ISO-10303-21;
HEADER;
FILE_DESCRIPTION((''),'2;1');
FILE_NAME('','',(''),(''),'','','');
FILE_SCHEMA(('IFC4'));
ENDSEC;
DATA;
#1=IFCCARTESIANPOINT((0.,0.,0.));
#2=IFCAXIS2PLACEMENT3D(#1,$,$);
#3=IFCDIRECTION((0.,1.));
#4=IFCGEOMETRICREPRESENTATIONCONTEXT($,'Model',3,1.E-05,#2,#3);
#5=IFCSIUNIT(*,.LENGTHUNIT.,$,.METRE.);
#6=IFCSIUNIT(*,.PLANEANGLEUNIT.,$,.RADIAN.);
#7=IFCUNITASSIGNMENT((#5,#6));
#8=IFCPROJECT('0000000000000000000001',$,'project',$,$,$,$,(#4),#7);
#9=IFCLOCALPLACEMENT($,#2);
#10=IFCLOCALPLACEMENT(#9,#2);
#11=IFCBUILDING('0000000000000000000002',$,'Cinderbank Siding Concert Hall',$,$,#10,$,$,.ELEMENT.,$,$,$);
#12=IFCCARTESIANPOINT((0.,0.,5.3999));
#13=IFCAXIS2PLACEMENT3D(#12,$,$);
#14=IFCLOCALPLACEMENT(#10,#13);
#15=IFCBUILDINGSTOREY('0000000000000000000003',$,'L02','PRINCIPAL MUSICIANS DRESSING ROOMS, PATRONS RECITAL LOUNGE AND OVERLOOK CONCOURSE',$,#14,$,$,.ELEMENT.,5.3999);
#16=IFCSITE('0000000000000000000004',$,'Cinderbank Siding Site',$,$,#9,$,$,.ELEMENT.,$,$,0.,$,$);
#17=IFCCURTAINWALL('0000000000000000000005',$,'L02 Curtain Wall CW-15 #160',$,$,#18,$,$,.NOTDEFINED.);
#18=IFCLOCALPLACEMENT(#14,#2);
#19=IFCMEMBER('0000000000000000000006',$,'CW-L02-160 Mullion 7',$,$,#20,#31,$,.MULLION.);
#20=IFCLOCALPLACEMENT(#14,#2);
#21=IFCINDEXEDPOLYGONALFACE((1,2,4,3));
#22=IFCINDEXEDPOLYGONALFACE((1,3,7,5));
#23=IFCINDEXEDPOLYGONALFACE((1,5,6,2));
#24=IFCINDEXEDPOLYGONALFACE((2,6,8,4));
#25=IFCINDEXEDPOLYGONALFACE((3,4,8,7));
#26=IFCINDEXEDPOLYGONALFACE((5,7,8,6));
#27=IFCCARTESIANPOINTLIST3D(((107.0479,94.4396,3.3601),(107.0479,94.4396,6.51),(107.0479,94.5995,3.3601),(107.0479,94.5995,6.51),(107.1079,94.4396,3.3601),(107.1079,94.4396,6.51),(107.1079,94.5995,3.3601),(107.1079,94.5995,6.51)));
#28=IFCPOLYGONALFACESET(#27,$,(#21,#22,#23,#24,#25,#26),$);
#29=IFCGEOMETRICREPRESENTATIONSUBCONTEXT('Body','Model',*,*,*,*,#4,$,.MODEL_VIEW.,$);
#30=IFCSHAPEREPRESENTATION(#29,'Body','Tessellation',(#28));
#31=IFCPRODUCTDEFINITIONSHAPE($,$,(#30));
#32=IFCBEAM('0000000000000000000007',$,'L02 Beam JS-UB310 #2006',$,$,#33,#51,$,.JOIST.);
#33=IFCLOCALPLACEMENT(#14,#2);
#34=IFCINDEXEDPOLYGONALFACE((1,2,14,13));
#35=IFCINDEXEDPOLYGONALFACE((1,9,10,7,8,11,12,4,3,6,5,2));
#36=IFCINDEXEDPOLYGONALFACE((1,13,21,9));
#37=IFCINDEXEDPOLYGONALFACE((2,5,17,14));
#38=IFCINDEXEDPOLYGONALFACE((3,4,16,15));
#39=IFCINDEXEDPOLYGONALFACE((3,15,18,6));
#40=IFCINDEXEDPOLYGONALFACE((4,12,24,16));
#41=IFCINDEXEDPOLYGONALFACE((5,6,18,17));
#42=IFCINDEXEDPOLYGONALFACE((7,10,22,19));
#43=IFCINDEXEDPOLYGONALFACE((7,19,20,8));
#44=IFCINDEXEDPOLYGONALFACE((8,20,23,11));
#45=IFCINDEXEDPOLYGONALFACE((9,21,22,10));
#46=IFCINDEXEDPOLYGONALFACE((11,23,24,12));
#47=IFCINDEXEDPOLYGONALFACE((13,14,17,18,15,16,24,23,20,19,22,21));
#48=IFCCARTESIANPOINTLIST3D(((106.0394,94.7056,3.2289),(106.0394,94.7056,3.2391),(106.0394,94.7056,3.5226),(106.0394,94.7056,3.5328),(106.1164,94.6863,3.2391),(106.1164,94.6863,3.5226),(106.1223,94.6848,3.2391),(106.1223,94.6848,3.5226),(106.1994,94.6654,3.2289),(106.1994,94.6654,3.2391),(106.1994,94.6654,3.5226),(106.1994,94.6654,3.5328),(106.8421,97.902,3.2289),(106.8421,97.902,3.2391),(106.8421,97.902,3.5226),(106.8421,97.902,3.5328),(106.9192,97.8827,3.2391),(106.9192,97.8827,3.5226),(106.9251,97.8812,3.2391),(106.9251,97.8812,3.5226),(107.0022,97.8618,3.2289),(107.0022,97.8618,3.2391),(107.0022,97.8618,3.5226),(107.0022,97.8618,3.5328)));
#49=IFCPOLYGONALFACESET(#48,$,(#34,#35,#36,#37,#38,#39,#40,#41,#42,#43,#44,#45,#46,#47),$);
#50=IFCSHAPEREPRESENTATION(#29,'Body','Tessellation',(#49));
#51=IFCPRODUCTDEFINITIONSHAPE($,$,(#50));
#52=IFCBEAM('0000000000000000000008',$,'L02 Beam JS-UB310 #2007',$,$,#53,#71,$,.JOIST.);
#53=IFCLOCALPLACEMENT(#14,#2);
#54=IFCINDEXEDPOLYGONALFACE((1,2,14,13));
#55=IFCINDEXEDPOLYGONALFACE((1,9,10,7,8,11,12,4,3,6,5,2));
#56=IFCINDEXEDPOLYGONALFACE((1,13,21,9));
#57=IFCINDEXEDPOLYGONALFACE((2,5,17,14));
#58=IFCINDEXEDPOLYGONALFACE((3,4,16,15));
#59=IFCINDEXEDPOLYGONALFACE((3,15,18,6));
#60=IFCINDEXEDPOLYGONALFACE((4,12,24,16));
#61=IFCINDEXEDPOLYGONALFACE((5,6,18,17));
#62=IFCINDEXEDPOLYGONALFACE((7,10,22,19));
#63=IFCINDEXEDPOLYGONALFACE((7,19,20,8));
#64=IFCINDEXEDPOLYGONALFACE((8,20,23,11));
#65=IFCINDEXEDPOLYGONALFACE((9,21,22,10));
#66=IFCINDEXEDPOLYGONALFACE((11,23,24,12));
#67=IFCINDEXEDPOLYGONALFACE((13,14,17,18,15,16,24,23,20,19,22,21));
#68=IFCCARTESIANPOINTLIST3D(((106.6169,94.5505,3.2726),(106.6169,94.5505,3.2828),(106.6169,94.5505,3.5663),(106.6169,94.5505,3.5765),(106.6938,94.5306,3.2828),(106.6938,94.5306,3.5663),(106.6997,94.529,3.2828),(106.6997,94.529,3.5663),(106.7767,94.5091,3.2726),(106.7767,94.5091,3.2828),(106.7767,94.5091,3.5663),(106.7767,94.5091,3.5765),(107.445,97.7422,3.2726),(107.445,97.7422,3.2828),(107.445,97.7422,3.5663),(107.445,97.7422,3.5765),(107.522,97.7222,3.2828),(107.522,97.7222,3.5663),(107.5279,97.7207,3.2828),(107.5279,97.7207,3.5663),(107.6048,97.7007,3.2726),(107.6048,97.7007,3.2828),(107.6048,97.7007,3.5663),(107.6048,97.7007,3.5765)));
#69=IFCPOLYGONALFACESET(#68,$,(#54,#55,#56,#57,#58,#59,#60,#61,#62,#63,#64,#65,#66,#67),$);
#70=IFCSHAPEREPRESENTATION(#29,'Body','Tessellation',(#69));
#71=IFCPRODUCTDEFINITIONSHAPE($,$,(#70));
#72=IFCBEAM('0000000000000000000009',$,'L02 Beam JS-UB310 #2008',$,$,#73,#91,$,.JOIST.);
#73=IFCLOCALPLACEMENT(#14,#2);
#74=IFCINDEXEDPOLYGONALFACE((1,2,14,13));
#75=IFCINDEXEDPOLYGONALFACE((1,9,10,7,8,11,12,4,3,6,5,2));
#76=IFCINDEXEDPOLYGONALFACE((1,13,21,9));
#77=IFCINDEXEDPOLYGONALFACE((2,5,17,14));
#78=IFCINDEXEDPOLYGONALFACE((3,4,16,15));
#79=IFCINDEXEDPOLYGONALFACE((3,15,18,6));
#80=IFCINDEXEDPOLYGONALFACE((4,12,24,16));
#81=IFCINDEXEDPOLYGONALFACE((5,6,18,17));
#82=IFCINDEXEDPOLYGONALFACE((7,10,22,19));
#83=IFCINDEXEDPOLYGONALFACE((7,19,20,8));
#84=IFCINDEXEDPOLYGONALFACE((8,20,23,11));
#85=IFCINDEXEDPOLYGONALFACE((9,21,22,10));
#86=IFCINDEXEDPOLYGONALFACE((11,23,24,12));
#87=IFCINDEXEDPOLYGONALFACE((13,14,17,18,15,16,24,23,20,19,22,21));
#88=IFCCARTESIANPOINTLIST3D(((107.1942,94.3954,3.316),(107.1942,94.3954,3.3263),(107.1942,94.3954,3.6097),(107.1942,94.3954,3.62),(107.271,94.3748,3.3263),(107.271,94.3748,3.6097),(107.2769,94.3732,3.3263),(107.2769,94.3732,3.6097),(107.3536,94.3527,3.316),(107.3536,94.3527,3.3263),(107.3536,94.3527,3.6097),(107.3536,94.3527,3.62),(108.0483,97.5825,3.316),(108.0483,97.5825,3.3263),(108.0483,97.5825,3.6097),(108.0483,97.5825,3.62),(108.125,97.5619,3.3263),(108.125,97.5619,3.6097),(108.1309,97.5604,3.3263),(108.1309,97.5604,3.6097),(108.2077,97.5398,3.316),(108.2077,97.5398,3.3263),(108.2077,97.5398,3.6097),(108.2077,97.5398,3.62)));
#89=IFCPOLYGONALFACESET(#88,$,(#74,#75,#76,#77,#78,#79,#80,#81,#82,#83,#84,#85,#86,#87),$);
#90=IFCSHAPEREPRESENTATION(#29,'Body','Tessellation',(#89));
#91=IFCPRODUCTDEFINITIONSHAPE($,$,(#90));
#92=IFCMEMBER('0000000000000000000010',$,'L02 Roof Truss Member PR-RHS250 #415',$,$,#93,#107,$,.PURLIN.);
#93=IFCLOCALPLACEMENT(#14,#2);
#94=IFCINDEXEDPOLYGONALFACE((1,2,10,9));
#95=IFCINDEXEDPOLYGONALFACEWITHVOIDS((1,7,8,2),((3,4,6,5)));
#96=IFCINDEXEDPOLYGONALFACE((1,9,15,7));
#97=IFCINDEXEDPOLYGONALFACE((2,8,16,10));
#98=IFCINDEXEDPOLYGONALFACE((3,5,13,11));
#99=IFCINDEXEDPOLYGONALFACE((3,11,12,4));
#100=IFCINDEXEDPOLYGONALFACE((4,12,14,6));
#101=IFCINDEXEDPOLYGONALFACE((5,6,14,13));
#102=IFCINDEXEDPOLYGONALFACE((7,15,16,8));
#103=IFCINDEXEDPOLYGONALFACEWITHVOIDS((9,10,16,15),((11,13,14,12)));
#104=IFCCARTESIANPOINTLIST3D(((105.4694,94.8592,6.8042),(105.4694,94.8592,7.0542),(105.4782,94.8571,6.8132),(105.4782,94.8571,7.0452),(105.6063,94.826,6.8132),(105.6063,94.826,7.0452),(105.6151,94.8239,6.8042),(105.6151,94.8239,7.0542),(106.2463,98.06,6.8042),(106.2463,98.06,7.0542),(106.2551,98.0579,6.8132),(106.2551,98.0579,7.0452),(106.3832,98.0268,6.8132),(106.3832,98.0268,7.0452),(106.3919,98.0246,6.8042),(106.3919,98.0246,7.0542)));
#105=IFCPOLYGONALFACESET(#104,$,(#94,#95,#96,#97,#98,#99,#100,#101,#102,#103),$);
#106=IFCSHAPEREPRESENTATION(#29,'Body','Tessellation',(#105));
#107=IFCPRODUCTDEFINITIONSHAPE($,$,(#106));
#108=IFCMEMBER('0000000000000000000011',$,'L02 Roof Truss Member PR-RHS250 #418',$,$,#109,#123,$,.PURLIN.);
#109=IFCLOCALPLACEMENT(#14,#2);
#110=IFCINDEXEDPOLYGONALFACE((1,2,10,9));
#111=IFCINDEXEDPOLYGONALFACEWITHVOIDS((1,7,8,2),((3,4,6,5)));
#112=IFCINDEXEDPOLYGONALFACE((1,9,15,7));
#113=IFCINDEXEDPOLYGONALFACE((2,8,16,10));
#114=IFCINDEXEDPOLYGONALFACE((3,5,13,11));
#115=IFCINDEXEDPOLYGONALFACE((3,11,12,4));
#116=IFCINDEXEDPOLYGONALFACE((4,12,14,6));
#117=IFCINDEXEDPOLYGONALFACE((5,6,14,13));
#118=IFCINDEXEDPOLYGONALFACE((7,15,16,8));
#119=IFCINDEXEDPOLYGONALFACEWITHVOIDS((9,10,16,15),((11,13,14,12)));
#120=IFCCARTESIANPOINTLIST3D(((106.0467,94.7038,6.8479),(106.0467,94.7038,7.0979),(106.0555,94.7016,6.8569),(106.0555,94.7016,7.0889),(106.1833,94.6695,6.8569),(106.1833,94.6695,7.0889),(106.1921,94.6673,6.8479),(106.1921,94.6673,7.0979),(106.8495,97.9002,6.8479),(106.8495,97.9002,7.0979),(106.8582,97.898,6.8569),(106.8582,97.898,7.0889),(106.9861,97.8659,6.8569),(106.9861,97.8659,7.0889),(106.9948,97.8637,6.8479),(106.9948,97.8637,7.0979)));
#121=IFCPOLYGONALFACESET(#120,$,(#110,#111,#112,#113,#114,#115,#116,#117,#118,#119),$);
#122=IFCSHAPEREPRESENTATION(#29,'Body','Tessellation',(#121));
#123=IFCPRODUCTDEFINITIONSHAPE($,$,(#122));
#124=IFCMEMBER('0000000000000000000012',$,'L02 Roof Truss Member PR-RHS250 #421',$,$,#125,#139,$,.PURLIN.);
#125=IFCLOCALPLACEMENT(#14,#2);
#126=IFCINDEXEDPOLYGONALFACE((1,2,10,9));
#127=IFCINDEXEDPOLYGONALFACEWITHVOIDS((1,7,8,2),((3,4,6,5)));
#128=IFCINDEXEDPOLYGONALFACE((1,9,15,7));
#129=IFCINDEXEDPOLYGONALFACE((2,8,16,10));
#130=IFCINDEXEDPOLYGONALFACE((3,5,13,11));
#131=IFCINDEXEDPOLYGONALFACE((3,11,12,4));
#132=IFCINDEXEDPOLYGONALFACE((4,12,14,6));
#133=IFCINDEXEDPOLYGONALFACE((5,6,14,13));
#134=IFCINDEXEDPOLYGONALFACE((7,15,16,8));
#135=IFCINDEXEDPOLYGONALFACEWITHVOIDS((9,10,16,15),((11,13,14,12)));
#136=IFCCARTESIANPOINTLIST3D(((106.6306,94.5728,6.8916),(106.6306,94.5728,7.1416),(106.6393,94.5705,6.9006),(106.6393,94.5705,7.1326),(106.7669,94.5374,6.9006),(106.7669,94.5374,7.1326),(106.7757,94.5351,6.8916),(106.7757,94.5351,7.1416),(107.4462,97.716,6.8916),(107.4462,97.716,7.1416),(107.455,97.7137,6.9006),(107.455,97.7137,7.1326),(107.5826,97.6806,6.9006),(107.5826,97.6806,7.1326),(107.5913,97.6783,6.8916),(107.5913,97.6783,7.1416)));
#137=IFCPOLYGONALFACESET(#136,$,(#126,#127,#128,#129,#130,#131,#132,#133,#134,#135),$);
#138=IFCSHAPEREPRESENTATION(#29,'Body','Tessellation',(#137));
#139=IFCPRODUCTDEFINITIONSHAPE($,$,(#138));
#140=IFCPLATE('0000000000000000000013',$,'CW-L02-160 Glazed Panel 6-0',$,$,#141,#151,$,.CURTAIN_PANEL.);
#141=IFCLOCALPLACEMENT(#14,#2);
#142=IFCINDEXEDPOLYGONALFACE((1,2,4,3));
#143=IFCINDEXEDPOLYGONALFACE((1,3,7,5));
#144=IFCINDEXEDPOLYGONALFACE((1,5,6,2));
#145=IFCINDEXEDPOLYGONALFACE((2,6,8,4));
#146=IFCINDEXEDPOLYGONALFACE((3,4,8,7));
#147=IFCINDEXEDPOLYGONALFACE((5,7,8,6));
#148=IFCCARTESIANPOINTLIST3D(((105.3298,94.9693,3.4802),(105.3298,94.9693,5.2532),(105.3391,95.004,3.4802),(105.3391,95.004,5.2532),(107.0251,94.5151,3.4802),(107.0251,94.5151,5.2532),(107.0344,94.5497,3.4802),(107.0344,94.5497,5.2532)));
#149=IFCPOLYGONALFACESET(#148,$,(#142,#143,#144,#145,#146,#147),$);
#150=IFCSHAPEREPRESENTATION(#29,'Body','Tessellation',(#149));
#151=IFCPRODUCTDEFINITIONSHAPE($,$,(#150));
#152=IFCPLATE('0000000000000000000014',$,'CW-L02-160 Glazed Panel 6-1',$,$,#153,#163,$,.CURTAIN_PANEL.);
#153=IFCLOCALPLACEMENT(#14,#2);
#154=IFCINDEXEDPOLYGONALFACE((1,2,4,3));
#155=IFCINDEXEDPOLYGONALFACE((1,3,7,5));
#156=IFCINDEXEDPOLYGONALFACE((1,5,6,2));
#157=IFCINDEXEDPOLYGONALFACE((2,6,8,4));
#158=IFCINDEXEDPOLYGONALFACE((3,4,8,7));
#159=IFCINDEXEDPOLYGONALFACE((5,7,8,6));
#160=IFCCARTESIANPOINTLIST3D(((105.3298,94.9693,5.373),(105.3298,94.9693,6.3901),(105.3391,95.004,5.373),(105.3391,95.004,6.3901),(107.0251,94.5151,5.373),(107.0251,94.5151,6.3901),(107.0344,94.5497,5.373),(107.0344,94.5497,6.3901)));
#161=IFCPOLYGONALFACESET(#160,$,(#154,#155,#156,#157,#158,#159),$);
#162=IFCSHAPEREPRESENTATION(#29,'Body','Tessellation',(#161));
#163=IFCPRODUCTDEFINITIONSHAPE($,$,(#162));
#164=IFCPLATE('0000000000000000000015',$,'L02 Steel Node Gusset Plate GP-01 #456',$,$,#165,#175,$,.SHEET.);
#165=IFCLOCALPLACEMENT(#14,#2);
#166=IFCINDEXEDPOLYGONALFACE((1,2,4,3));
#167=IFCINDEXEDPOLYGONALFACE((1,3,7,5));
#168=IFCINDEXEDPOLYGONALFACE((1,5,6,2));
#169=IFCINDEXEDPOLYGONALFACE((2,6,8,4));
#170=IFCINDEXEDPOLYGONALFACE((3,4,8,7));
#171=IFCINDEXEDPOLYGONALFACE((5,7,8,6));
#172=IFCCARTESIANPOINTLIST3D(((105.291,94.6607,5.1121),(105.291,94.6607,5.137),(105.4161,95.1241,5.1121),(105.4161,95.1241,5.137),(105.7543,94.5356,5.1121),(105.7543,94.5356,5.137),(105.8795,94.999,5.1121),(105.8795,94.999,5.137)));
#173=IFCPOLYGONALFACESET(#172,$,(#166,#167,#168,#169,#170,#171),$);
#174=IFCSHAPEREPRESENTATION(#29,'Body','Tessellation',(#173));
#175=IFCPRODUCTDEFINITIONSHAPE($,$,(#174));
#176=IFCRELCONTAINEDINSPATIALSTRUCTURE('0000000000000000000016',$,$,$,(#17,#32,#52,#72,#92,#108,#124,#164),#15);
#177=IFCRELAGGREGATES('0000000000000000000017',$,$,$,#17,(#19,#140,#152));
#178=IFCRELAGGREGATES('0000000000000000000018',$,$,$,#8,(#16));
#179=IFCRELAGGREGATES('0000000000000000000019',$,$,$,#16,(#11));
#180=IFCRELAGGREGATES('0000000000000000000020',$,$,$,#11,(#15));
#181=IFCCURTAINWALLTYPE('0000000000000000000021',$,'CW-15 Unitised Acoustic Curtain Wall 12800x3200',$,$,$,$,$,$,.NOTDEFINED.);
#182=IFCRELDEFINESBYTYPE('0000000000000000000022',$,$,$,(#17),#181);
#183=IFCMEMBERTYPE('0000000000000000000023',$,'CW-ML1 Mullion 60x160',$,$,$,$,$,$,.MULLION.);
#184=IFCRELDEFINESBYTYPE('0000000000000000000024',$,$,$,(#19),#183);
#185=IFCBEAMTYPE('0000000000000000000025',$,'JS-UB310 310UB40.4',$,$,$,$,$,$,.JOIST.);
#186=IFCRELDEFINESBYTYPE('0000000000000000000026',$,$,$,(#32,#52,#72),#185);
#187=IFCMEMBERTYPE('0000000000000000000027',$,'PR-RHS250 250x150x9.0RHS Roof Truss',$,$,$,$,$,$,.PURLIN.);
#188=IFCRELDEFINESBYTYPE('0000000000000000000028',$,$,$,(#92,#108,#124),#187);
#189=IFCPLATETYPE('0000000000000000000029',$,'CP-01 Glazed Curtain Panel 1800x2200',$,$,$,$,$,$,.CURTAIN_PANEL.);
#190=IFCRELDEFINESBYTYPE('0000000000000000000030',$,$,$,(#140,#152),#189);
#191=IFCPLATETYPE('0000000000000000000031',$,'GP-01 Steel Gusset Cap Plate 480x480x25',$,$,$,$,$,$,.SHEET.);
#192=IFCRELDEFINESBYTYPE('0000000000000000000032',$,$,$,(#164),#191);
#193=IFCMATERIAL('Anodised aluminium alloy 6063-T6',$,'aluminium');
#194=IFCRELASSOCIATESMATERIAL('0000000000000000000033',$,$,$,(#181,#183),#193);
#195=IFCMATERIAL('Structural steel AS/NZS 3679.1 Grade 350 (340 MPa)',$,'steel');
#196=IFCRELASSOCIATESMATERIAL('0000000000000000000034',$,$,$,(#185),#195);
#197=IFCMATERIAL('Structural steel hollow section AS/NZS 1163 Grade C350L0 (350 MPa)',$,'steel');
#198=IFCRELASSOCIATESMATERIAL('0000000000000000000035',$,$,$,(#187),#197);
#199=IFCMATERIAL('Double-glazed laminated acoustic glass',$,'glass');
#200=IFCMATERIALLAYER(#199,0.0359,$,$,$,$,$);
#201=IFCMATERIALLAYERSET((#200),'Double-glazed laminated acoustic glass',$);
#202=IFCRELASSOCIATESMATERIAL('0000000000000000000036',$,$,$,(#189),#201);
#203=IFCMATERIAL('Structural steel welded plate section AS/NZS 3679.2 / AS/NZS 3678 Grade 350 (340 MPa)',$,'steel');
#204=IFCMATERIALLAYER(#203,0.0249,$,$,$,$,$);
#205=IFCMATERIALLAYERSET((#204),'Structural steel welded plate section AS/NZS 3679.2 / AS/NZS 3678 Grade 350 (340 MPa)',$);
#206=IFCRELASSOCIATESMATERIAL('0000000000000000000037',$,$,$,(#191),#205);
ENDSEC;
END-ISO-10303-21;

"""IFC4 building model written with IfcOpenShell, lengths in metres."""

from ifc_helpers import new_model, si_unit, direction, frame, origin, origin_2d, place, context, subcontext, project, spatial, rectangle, hollow_rectangle, i_section, extrude, material, layer, layer_set, material_profile, profile_set, type_object, element, aggregate, save


model = new_model("IFC4")

# Units and contexts
model_context = context("Model", 3, precision=1e-05, world=origin(), true_north=direction((0.0, 1.0)))
body_context = subcontext(model_context, "Body", "Model", "MODEL_VIEW")
ifc_project = project(units=[si_unit("LENGTHUNIT", "METRE"), si_unit("PLANEANGLEUNIT", "RADIAN")], contexts=[model_context])

# Site, building, storey
site_placement = place(None, origin())
site = spatial("IfcSite", under=ifc_project, at=site_placement, Name="Cinderbank Siding Site", CompositionType="ELEMENT", RefElevation=0.0)
building_placement = place(site_placement, origin())
building = spatial("IfcBuilding", under=site, at=building_placement, Name="Cinderbank Siding Concert Hall", CompositionType="ELEMENT")
storey_placement = place(building_placement, frame((0.0, 0.0, 5.3999)))
storey = spatial("IfcBuildingStorey", under=building, at=storey_placement, Name="L02", Description="PRINCIPAL MUSICIANS DRESSING ROOMS, PATRONS RECITAL LOUNGE AND OVERLOOK CONCOURSE", CompositionType="ELEMENT", Elevation=5.3999)

# Shared definitions
ifc_material_1 = material(Name="Structural steel hollow section AS/NZS 1163 Grade C350L0 (350 MPa)", Category="steel")

# Shared definitions
ifc_material_2 = material(Name="Structural steel welded plate section AS/NZS 3679.2 / AS/NZS 3678 Grade 350 (340 MPa)", Category="steel")

# Curtain wall, member
ifc_material_3 = material(Name="Anodised aluminium alloy 6063-T6", Category="aluminium")
curtain_wall_type = type_object("IfcCurtainWallType", Name="CW-15 Unitised Acoustic Curtain Wall 12800x3200", PredefinedType="NOTDEFINED", material=ifc_material_3)
curtain_wall_placement = place(storey_placement, origin())
curtain_wall = element("IfcCurtainWall", 1, at=curtain_wall_placement, inside=storey, type_object=curtain_wall_type, Name="L02 Curtain Wall CW-15 #160", PredefinedType="NOTDEFINED")
ifc_material_profile_1 = material_profile(ifc_material_3, rectangle(XDim=0.0601, YDim=0.1599, at=origin_2d()), Name="ALU-MULL-60x160", Category="LoadBearing")
ifc_profile_set_1 = profile_set([ifc_material_profile_1], Name="Anodised aluminium alloy 6063-T6")
member_type_1 = type_object("IfcMemberType", Name="CW-ML1 Mullion 60x160", PredefinedType="MULLION", material=ifc_profile_set_1)
member_1_placement = place(storey_placement, frame((107.0779, 94.5195, 3.3601), z_axis=(0.0, 0.0, 1.0), x_axis=(1.0, 0.0, 0.0)))
member_1 = element("IfcMember", 2, at=member_1_placement, type_object=member_type_1, Name="CW-L02-160 Mullion 7", PredefinedType="MULLION", context=body_context, shape_type="SweptSolid", body=[
    extrude(rectangle(XDim=0.0601, YDim=0.1599, at=origin_2d()), origin(), (0.0, 0.0, 1.0), 3.1499),
])

# Beams
ifc_material_4 = material(Name="Structural steel AS/NZS 3679.1 Grade 350 (340 MPa)", Category="steel")
ifc_material_profile_2 = material_profile(ifc_material_4, i_section(OverallWidth=0.165, OverallDepth=0.304, WebThickness=0.0061, FlangeThickness=0.0103, at=origin_2d()), Name="310UB40.4", Category="LoadBearing")
ifc_profile_set_2 = profile_set([ifc_material_profile_2], Name="Structural steel AS/NZS 3679.1 Grade 350 (340 MPa)")
beam_type_1 = type_object("IfcBeamType", Name="JS-UB310 310UB40.4", PredefinedType="JOIST", material=ifc_profile_set_2)
beam_1_placement = place(storey_placement, frame((106.1194, 94.6855, 3.3809), z_axis=(0.243581, 0.96988, 0.0), x_axis=(-0.96988, 0.243581, 0.0)))
element("IfcBeam", 3, at=beam_1_placement, inside=storey, type_object=beam_type_1, Name="L02 Beam JS-UB310 #2006", PredefinedType="JOIST", context=body_context, shape_type="SweptSolid", body=[
    extrude(i_section(OverallWidth=0.165, OverallDepth=0.304, WebThickness=0.0061, FlangeThickness=0.0103, at=origin_2d()), origin(), (0.0, 0.0, 1.0), 3.2957),
])
beam_2_placement = place(storey_placement, frame((106.6968, 94.5298, 3.4246), z_axis=(0.25115, 0.967948, 0.0), x_axis=(-0.967948, 0.25115, 0.0)))
element("IfcBeam", 4, at=beam_2_placement, inside=storey, type_object=beam_type_1, Name="L02 Beam JS-UB310 #2007", PredefinedType="JOIST", context=body_context, shape_type="SweptSolid", body=[
    extrude(i_section(OverallWidth=0.165, OverallDepth=0.304, WebThickness=0.0061, FlangeThickness=0.0103, at=origin_2d()), origin(), (0.0, 0.0, 1.0), 3.2974),
])
beam_3_placement = place(storey_placement, frame((107.2739, 94.374, 3.468), z_axis=(0.258832, 0.965922, 0.0), x_axis=(-0.965922, 0.258832, 0.0)))
element("IfcBeam", 5, at=beam_3_placement, inside=storey, type_object=beam_type_1, Name="L02 Beam JS-UB310 #2008", PredefinedType="JOIST", context=body_context, shape_type="SweptSolid", body=[
    extrude(i_section(OverallWidth=0.165, OverallDepth=0.304, WebThickness=0.0061, FlangeThickness=0.0103, at=origin_2d()), origin(), (0.0, 0.0, 1.0), 3.2996),
])

# Members
ifc_material_profile_3 = material_profile(ifc_material_1, hollow_rectangle(XDim=0.1499, YDim=0.25, WallThickness=0.009, at=origin_2d()), Name="250x150x9.0RHS", Category="LoadBearing")
ifc_profile_set_3 = profile_set([ifc_material_profile_3], Name="Structural steel hollow section AS/NZS 1163 Grade C350L0 (350 MPa)")
member_type_2 = type_object("IfcMemberType", Name="PR-RHS250 250x150x9.0RHS Roof Truss", PredefinedType="PURLIN", material=ifc_profile_set_3)
member_2_placement = place(storey_placement, frame((105.5422, 94.8416, 6.9292), z_axis=(0.235867, 0.971785, 0.0), x_axis=(-0.971785, 0.235867, 0.0)))
element("IfcMember", 6, at=member_2_placement, inside=storey, type_object=member_type_2, Name="L02 Roof Truss Member PR-RHS250 #415", PredefinedType="PURLIN", context=body_context, shape_type="SweptSolid", body=[
    extrude(hollow_rectangle(XDim=0.1499, YDim=0.25, WallThickness=0.009, at=origin_2d()), origin(), (0.0, 0.0, 1.0), 3.2937),
])
member_3_placement = place(storey_placement, frame((106.1194, 94.6855, 6.9729), z_axis=(0.243581, 0.96988, 0.0), x_axis=(-0.96988, 0.243581, 0.0)))
element("IfcMember", 7, at=member_3_placement, inside=storey, type_object=member_type_2, Name="L02 Roof Truss Member PR-RHS250 #418", PredefinedType="PURLIN", context=body_context, shape_type="SweptSolid", body=[
    extrude(hollow_rectangle(XDim=0.1499, YDim=0.25, WallThickness=0.009, at=origin_2d()), origin(), (0.0, 0.0, 1.0), 3.2957),
])
member_4_placement = place(storey_placement, frame((106.7031, 94.554, 7.0166), z_axis=(0.251176, 0.967941, 0.0), x_axis=(-0.967941, 0.251176, 0.0)))
element("IfcMember", 8, at=member_4_placement, inside=storey, type_object=member_type_2, Name="L02 Roof Truss Member PR-RHS250 #421", PredefinedType="PURLIN", context=body_context, shape_type="SweptSolid", body=[
    extrude(hollow_rectangle(XDim=0.1499, YDim=0.25, WallThickness=0.009, at=origin_2d()), origin(), (0.0, 0.0, 1.0), 3.2473),
])

# Plates
ifc_material_5 = material(Name="Double-glazed laminated acoustic glass", Category="glass")
ifc_layer_1 = layer(ifc_material_5, 0.0359)
ifc_layer_set_1 = layer_set([ifc_layer_1], Name="Double-glazed laminated acoustic glass")
plate_type_1 = type_object("IfcPlateType", Name="CP-01 Glazed Curtain Panel 1800x2200", PredefinedType="CURTAIN_PANEL", material=ifc_layer_set_1)
plate_1_placement = place(storey_placement, frame((106.1821, 94.7595, 3.4802), z_axis=(0.0, 0.0, 1.0), x_axis=(0.965926, -0.258818, 0.0)))
plate_1 = element("IfcPlate", 9, at=plate_1_placement, type_object=plate_type_1, Name="CW-L02-160 Glazed Panel 6-0", PredefinedType="CURTAIN_PANEL", context=body_context, shape_type="SweptSolid", body=[
    extrude(rectangle(XDim=1.7551, YDim=0.0359, at=origin_2d()), origin(), (0.0, 0.0, 1.0), 1.7729),
])
plate_2_placement = place(storey_placement, frame((106.1821, 94.7595, 5.373), z_axis=(0.0, 0.0, 1.0), x_axis=(0.965926, -0.258818, 0.0)))
plate_2 = element("IfcPlate", 10, at=plate_2_placement, type_object=plate_type_1, Name="CW-L02-160 Glazed Panel 6-1", PredefinedType="CURTAIN_PANEL", context=body_context, shape_type="SweptSolid", body=[
    extrude(rectangle(XDim=1.7551, YDim=0.0359, at=origin_2d()), origin(), (0.0, 0.0, 1.0), 1.0171),
])
aggregate(curtain_wall, [member_1, plate_1, plate_2])

# Plate
ifc_layer_2 = layer(ifc_material_2, 0.0249)
ifc_layer_set_2 = layer_set([ifc_layer_2], Name="Structural steel welded plate section AS/NZS 3679.2 / AS/NZS 3678 Grade 350 (340 MPa)")
plate_type_2 = type_object("IfcPlateType", Name="GP-01 Steel Gusset Cap Plate 480x480x25", PredefinedType="SHEET", material=ifc_layer_set_2)
plate_3_placement = place(storey_placement, frame((105.5852, 94.8298, 5.1121), z_axis=(0.0, 0.0, 1.0), x_axis=(0.965427, -0.260673, 0.0)))
element("IfcPlate", 11, at=plate_3_placement, inside=storey, type_object=plate_type_2, Name="L02 Steel Node Gusset Plate GP-01 #456", PredefinedType="SHEET", context=body_context, shape_type="SweptSolid", body=[
    extrude(rectangle(XDim=0.48, YDim=0.48, at=origin_2d()), origin(), (0.0, 0.0, 1.0), 0.0249),
])

save(model, "model.ifc")
